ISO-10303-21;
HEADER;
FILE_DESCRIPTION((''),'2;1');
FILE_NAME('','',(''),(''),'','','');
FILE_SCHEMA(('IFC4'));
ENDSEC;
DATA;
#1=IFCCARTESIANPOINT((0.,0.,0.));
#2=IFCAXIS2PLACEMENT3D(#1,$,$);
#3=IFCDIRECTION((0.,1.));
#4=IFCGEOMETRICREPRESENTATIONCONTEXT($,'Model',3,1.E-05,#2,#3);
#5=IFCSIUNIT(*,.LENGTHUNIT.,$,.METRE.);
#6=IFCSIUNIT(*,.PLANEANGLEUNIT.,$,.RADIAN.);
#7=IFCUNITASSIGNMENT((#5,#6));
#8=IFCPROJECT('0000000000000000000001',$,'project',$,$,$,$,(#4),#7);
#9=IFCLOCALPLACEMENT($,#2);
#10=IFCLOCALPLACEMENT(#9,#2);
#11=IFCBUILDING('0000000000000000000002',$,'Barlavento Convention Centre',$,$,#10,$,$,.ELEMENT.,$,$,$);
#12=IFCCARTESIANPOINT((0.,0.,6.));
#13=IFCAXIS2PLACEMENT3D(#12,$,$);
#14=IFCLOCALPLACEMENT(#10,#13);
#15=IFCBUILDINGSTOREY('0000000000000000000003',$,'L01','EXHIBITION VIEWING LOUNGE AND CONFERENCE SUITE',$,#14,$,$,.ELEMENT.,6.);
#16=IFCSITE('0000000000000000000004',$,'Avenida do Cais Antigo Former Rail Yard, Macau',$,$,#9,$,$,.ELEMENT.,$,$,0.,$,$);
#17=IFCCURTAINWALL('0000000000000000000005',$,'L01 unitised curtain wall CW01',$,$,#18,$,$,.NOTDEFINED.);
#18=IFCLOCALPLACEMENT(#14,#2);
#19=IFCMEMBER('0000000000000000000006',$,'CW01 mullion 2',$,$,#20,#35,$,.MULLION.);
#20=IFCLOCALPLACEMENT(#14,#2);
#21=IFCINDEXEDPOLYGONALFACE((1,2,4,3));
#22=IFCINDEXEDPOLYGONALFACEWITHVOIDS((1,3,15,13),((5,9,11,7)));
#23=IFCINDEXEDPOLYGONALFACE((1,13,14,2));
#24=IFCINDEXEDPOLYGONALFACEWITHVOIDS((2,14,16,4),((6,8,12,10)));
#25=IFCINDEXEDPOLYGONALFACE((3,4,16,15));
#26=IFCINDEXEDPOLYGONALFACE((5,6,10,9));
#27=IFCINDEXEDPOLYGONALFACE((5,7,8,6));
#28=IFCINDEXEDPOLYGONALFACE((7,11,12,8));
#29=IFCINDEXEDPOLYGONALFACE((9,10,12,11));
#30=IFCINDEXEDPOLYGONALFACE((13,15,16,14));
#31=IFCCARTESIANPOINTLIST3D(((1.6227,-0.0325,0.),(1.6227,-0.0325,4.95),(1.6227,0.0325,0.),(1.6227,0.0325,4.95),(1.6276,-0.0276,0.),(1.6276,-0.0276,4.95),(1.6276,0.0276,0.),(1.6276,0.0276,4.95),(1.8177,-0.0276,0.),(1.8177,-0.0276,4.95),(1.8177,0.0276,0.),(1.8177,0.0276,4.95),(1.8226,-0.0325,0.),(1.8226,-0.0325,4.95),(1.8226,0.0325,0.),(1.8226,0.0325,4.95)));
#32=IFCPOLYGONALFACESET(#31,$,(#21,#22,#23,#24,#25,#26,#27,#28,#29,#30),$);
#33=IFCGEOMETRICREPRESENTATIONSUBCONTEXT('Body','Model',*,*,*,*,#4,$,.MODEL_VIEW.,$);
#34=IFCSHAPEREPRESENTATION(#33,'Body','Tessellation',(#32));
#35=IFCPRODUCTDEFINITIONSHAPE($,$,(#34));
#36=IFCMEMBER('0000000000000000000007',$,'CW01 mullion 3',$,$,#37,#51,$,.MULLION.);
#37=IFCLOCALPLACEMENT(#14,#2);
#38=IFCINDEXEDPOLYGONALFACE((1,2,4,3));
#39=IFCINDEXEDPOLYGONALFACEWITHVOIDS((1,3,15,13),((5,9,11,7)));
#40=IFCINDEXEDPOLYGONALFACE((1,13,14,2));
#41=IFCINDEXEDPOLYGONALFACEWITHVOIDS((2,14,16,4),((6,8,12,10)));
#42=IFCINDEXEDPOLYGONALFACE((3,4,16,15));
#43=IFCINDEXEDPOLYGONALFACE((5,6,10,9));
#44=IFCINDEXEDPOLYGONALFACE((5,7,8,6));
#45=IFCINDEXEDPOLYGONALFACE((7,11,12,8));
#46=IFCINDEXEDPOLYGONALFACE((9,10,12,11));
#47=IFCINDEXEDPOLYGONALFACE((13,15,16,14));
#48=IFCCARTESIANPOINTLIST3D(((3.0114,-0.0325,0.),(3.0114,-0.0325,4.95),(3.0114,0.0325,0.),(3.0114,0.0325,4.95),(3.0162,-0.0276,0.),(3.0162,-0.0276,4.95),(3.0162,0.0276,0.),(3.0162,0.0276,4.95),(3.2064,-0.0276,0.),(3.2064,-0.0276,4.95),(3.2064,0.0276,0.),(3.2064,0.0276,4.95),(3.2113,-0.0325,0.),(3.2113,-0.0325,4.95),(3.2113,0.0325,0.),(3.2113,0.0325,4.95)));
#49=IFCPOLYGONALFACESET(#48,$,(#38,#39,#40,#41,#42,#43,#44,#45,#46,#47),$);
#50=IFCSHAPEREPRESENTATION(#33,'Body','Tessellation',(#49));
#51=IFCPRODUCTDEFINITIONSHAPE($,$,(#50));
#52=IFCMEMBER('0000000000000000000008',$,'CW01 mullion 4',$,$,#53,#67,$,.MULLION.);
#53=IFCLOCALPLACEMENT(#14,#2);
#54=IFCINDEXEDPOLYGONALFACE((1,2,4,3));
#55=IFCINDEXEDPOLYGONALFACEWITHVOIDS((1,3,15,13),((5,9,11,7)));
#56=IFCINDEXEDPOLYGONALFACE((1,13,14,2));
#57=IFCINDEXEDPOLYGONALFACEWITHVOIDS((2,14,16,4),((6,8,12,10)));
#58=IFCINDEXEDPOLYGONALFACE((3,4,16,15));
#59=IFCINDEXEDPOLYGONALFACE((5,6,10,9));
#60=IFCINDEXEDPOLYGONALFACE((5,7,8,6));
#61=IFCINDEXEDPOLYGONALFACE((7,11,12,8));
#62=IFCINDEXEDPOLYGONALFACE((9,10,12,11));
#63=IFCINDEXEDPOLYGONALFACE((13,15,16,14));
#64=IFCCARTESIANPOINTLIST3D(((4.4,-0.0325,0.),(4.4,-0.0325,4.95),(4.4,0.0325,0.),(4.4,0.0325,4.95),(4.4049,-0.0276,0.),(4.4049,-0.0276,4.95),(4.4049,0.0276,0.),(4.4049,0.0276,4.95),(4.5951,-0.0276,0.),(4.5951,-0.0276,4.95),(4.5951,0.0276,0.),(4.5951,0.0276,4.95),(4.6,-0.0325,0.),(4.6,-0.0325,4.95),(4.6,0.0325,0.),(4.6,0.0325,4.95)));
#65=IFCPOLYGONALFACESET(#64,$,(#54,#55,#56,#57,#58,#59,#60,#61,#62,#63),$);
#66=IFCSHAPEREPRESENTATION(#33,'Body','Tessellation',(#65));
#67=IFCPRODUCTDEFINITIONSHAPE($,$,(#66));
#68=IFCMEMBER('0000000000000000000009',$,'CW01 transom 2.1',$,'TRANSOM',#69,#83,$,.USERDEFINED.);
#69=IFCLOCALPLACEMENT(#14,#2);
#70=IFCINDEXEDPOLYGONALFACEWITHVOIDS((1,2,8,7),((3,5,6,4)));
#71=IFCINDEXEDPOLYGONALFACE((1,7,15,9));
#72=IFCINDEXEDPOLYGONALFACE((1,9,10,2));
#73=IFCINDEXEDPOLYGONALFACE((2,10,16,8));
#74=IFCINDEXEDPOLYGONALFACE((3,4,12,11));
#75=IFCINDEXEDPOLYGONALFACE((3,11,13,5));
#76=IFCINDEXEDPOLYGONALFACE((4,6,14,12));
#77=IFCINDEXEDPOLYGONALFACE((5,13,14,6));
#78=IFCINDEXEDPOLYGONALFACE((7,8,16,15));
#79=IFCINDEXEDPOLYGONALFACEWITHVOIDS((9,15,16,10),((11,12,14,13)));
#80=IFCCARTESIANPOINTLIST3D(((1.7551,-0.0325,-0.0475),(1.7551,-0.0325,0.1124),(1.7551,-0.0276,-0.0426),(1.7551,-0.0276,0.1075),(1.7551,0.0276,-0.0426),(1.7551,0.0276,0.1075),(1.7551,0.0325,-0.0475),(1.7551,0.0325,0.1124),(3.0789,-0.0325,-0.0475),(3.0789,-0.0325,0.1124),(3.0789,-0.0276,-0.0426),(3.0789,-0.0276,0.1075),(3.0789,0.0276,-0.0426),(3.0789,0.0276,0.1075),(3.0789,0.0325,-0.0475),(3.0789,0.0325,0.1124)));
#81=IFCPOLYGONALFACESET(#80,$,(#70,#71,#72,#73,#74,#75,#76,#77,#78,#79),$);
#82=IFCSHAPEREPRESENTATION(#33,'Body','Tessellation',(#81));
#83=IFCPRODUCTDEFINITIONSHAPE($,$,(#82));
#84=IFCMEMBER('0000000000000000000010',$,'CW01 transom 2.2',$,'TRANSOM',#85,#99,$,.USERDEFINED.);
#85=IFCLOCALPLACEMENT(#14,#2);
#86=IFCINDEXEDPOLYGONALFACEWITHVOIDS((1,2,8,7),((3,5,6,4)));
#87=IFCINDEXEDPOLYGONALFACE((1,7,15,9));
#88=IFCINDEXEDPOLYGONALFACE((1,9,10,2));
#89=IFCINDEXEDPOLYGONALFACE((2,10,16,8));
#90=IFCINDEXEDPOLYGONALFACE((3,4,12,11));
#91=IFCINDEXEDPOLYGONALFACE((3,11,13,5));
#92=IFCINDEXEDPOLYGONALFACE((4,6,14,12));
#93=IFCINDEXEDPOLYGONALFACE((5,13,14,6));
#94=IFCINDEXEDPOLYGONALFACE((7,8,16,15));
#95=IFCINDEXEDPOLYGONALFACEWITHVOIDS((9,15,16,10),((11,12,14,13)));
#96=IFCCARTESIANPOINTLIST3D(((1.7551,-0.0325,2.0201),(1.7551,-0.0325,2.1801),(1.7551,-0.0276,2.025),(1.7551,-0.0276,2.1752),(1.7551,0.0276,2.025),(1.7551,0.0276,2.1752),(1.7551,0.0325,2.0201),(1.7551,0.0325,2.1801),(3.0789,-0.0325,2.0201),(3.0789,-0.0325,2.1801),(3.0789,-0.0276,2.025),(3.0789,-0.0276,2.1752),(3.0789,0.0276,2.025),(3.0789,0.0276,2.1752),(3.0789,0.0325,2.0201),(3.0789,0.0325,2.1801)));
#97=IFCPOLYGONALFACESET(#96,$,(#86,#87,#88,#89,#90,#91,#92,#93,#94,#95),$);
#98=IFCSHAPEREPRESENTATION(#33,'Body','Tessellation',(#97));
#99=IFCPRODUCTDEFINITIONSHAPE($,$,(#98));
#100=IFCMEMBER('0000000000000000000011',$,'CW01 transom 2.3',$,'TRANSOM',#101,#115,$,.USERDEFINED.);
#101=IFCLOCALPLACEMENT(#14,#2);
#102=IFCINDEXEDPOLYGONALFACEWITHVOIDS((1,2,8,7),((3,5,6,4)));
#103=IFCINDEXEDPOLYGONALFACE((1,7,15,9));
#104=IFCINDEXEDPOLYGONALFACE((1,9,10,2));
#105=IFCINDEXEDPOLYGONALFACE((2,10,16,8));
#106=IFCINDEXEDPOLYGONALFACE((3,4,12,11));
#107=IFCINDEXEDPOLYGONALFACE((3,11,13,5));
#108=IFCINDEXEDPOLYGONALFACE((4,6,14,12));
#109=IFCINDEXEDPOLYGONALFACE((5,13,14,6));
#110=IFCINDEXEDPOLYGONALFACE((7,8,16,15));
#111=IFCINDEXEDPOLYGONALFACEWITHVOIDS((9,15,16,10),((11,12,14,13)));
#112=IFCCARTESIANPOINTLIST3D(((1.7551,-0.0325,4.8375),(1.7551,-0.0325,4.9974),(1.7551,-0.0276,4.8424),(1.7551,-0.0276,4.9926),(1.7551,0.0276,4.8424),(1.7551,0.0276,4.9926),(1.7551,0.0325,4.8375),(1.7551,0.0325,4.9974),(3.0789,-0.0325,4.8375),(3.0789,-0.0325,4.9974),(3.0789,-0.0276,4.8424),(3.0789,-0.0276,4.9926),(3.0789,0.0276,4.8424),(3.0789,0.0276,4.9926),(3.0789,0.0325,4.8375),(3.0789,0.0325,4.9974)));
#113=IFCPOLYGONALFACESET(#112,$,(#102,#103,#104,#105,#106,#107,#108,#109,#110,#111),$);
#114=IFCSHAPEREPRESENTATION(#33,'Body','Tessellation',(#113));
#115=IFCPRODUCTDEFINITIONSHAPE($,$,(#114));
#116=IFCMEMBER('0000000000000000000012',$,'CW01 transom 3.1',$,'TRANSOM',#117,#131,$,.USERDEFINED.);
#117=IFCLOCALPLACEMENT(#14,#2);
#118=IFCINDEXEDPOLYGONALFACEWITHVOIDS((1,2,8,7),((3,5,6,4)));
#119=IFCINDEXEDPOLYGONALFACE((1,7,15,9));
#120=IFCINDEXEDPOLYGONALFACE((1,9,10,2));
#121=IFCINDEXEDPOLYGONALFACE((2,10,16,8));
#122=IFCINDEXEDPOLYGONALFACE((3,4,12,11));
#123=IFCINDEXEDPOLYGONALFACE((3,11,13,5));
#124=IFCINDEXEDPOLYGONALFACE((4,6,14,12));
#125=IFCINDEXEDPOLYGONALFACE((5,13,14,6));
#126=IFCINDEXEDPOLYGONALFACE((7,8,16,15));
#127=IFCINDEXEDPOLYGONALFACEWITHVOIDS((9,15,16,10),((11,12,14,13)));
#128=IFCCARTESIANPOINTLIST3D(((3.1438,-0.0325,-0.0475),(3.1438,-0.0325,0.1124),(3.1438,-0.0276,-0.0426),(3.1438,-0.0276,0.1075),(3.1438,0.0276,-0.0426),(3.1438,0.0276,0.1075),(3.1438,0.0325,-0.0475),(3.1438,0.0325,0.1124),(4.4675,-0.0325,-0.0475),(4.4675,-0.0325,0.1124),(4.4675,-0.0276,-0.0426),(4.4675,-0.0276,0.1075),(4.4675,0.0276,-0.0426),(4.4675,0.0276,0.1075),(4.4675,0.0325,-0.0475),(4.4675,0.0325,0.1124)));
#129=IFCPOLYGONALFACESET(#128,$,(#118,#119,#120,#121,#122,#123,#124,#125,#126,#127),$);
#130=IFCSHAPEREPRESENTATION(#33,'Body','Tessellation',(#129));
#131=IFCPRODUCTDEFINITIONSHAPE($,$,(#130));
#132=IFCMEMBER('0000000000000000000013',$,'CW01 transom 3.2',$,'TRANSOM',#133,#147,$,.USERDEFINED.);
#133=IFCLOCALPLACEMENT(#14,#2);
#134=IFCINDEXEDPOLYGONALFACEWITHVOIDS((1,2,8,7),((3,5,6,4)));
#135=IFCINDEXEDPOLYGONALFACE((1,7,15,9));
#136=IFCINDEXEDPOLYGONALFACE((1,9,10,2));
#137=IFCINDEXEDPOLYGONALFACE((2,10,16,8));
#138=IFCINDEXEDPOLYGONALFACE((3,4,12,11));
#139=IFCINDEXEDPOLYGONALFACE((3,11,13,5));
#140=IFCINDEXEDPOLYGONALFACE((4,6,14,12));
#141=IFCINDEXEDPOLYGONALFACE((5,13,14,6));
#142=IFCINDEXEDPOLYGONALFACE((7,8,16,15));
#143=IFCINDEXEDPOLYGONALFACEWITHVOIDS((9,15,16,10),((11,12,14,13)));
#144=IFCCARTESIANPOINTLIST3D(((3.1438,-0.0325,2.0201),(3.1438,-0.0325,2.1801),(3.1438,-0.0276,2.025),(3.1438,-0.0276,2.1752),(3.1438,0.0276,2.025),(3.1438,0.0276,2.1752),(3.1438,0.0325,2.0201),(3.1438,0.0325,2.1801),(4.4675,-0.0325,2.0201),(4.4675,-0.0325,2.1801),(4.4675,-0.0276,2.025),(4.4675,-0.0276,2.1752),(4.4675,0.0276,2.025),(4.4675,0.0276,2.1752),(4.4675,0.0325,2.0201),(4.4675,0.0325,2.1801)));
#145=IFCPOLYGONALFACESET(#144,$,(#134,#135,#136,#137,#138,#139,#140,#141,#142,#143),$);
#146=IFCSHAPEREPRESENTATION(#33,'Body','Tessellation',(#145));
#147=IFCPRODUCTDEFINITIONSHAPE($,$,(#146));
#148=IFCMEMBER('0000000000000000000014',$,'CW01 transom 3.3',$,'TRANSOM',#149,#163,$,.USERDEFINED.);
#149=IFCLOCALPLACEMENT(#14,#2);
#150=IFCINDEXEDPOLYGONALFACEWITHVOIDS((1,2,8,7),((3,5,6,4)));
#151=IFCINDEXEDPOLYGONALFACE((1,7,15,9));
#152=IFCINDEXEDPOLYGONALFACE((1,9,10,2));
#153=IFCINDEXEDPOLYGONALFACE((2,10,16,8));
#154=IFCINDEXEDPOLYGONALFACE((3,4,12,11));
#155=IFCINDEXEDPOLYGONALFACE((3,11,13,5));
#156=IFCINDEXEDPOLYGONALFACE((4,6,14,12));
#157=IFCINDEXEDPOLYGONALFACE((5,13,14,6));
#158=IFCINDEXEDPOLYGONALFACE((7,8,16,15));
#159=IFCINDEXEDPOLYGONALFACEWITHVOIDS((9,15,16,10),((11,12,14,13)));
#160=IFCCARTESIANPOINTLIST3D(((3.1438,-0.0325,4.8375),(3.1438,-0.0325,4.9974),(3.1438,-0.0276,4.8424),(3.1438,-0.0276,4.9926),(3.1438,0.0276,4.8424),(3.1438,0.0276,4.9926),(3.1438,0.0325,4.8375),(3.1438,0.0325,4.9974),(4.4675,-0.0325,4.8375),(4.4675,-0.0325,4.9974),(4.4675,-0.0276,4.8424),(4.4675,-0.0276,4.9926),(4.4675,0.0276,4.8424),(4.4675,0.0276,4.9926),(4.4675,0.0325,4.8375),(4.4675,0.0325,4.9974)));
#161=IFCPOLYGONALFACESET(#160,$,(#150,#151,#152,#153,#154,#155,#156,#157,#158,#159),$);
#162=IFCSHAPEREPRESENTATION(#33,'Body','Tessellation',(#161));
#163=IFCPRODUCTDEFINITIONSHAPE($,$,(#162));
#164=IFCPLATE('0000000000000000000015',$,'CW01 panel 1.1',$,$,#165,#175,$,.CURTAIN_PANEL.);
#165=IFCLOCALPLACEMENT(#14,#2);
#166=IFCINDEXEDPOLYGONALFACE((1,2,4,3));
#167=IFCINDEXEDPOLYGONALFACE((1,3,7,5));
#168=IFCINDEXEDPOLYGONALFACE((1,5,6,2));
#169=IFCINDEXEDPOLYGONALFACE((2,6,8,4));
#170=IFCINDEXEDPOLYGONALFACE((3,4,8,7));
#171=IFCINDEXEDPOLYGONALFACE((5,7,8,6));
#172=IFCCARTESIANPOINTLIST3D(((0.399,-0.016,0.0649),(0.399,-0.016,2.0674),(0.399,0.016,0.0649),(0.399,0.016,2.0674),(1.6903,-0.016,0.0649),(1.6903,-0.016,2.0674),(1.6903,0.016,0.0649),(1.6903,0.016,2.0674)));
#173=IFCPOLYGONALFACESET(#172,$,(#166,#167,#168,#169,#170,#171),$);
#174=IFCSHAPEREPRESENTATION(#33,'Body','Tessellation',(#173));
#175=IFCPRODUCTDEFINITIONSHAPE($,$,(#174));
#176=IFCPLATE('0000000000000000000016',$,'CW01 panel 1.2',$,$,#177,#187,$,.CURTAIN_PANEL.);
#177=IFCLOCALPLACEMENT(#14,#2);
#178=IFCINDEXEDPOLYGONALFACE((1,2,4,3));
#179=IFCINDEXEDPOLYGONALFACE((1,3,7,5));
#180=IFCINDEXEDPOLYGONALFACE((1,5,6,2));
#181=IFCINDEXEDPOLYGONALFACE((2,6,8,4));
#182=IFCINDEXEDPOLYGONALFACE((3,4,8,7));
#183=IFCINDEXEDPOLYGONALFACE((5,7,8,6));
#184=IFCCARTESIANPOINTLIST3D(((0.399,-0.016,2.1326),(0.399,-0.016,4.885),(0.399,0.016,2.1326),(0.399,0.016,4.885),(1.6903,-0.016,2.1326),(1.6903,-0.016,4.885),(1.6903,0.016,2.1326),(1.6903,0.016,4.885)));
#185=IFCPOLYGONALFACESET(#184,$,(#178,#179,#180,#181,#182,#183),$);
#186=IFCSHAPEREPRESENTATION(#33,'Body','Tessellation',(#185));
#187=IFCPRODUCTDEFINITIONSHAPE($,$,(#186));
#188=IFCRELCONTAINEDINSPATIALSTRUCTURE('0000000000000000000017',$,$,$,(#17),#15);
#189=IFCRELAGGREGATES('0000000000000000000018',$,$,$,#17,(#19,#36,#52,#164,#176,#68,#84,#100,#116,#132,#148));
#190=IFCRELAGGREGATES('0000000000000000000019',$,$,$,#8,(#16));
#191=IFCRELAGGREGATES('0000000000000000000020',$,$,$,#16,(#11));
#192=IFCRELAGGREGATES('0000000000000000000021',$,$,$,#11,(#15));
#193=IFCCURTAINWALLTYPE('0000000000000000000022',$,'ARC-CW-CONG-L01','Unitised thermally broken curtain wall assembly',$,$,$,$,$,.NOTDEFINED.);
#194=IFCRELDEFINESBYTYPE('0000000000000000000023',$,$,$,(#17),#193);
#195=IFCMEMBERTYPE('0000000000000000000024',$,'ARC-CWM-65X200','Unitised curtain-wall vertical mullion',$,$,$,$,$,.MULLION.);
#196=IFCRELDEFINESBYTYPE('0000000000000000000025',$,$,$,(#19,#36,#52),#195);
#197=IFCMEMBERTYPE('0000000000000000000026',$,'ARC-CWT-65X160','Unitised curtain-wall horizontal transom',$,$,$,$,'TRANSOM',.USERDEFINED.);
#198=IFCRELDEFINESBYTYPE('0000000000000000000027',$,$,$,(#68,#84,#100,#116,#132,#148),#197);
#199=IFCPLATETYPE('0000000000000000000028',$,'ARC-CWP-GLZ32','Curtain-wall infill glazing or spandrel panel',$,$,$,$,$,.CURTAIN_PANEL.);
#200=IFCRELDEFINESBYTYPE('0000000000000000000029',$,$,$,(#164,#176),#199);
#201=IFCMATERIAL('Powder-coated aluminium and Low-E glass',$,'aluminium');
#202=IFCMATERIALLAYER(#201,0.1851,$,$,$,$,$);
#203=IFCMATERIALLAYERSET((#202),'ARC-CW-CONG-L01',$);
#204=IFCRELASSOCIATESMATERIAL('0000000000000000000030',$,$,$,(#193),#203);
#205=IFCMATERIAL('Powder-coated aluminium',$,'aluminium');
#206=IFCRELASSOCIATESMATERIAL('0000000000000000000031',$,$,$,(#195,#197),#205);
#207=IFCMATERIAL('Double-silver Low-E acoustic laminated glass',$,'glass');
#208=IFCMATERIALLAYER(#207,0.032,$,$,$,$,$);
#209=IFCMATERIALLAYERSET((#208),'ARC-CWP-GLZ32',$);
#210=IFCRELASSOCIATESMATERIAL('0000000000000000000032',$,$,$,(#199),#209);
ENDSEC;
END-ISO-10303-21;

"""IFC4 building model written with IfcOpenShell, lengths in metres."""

from ifc_helpers import new_model, si_unit, direction, frame, origin, origin_2d, place, context, subcontext, project, spatial, rectangle, hollow_rectangle, extrude, material, layer, layer_set, material_profile, profile_set, type_object, element, aggregate, save


model = new_model("IFC4")

# Units and contexts
model_context = context("Model", 3, precision=1e-05, world=origin(), true_north=direction((0.0, 1.0)))
body_context = subcontext(model_context, "Body", "Model", "MODEL_VIEW")
ifc_project = project(units=[si_unit("LENGTHUNIT", "METRE"), si_unit("PLANEANGLEUNIT", "RADIAN")], contexts=[model_context])

# Site, building, storey
site_placement = place(None, origin())
site = spatial("IfcSite", under=ifc_project, at=site_placement, Name="Avenida do Cais Antigo Former Rail Yard, Macau", CompositionType="ELEMENT", RefElevation=0.0)
building_placement = place(site_placement, origin())
building = spatial("IfcBuilding", under=site, at=building_placement, Name="Barlavento Convention Centre", CompositionType="ELEMENT")
storey_placement = place(building_placement, frame((0.0, 0.0, 6.0)))
storey = spatial("IfcBuildingStorey", under=building, at=storey_placement, Name="L01", Description="EXHIBITION VIEWING LOUNGE AND CONFERENCE SUITE", CompositionType="ELEMENT", Elevation=6.0)

# Curtain wall, members, plates
ifc_material_1 = material(Name="Powder-coated aluminium and Low-E glass", Category="aluminium")
ifc_layer_1 = layer(ifc_material_1, 0.1851)
ifc_layer_set_1 = layer_set([ifc_layer_1], Name="ARC-CW-CONG-L01")
curtain_wall_type = type_object("IfcCurtainWallType", Name="ARC-CW-CONG-L01", Description="Unitised thermally broken curtain wall assembly", PredefinedType="NOTDEFINED", material=ifc_layer_set_1)
curtain_wall_placement = place(storey_placement, origin())
curtain_wall = element("IfcCurtainWall", 1, at=curtain_wall_placement, inside=storey, type_object=curtain_wall_type, Name="L01 unitised curtain wall CW01", PredefinedType="NOTDEFINED")
ifc_material_2 = material(Name="Powder-coated aluminium", Category="aluminium")
ifc_material_profile_1 = material_profile(ifc_material_2, hollow_rectangle(XDim=0.0649, YDim=0.2, WallThickness=0.0049, at=origin_2d()), Name="AL-MULL 65x200x5")
ifc_profile_set_1 = profile_set([ifc_material_profile_1], Name="Powder-coated aluminium")
member_type_1 = type_object("IfcMemberType", Name="ARC-CWM-65X200", Description="Unitised curtain-wall vertical mullion", PredefinedType="MULLION", material=ifc_profile_set_1)
member_1_placement = place(storey_placement, frame((1.7227, 0.0, 0.0), z_axis=(0.0, 0.0, 1.0), x_axis=(0.0, 1.0, 0.0)))
member_1 = element("IfcMember", 2, at=member_1_placement, type_object=member_type_1, Name="CW01 mullion 2", PredefinedType="MULLION", context=body_context, shape_type="SweptSolid", body=[
    extrude(hollow_rectangle(XDim=0.0649, YDim=0.2, WallThickness=0.0049, at=origin_2d()), origin(), (0.0, 0.0, 1.0), 4.95),
])
member_2_placement = place(storey_placement, frame((3.1113, 0.0, 0.0), z_axis=(0.0, 0.0, 1.0), x_axis=(0.0, 1.0, 0.0)))
member_2 = element("IfcMember", 3, at=member_2_placement, type_object=member_type_1, Name="CW01 mullion 3", PredefinedType="MULLION", context=body_context, shape_type="SweptSolid", body=[
    extrude(hollow_rectangle(XDim=0.0649, YDim=0.2, WallThickness=0.0049, at=origin_2d()), origin(), (0.0, 0.0, 1.0), 4.95),
])
member_3_placement = place(storey_placement, frame((4.5, 0.0, 0.0), z_axis=(0.0, 0.0, 1.0), x_axis=(0.0, 1.0, 0.0)))
member_3 = element("IfcMember", 4, at=member_3_placement, type_object=member_type_1, Name="CW01 mullion 4", PredefinedType="MULLION", context=body_context, shape_type="SweptSolid", body=[
    extrude(hollow_rectangle(XDim=0.0649, YDim=0.2, WallThickness=0.0049, at=origin_2d()), origin(), (0.0, 0.0, 1.0), 4.95),
])
ifc_material_profile_2 = material_profile(ifc_material_2, hollow_rectangle(XDim=0.0649, YDim=0.1599, WallThickness=0.0049, at=origin_2d()), Name="AL-TRAN 65x160x5")
ifc_profile_set_2 = profile_set([ifc_material_profile_2], Name="Powder-coated aluminium")
member_type_2 = type_object("IfcMemberType", Name="ARC-CWT-65X160", Description="Unitised curtain-wall horizontal transom", ElementType="TRANSOM", PredefinedType="USERDEFINED", material=ifc_profile_set_2)
member_4_placement = place(storey_placement, frame((1.7551, 0.0, 0.0325), z_axis=(1.0, 0.0, 0.0), x_axis=(0.0, 1.0, 0.0)))
member_4 = element("IfcMember", 5, at=member_4_placement, type_object=member_type_2, Name="CW01 transom 2.1", ObjectType="TRANSOM", PredefinedType="USERDEFINED", context=body_context, shape_type="SweptSolid", body=[
    extrude(hollow_rectangle(XDim=0.0649, YDim=0.1599, WallThickness=0.0049, at=origin_2d()), origin(), (0.0, 0.0, 1.0), 1.3237),
])
member_5_placement = place(storey_placement, frame((1.7551, 0.0, 2.1001), z_axis=(1.0, 0.0, 0.0), x_axis=(0.0, 1.0, 0.0)))
member_5 = element("IfcMember", 6, at=member_5_placement, type_object=member_type_2, Name="CW01 transom 2.2", ObjectType="TRANSOM", PredefinedType="USERDEFINED", context=body_context, shape_type="SweptSolid", body=[
    extrude(hollow_rectangle(XDim=0.0649, YDim=0.1599, WallThickness=0.0049, at=origin_2d()), origin(), (0.0, 0.0, 1.0), 1.3237),
])
member_6_placement = place(storey_placement, frame((1.7551, 0.0, 4.9175), z_axis=(1.0, 0.0, 0.0), x_axis=(0.0, 1.0, 0.0)))
member_6 = element("IfcMember", 7, at=member_6_placement, type_object=member_type_2, Name="CW01 transom 2.3", ObjectType="TRANSOM", PredefinedType="USERDEFINED", context=body_context, shape_type="SweptSolid", body=[
    extrude(hollow_rectangle(XDim=0.0649, YDim=0.1599, WallThickness=0.0049, at=origin_2d()), origin(), (0.0, 0.0, 1.0), 1.3237),
])
member_7_placement = place(storey_placement, frame((3.1438, 0.0, 0.0325), z_axis=(1.0, 0.0, 0.0), x_axis=(0.0, 1.0, 0.0)))
member_7 = element("IfcMember", 8, at=member_7_placement, type_object=member_type_2, Name="CW01 transom 3.1", ObjectType="TRANSOM", PredefinedType="USERDEFINED", context=body_context, shape_type="SweptSolid", body=[
    extrude(hollow_rectangle(XDim=0.0649, YDim=0.1599, WallThickness=0.0049, at=origin_2d()), origin(), (0.0, 0.0, 1.0), 1.3237),
])
member_8_placement = place(storey_placement, frame((3.1438, 0.0, 2.1001), z_axis=(1.0, 0.0, 0.0), x_axis=(0.0, 1.0, 0.0)))
member_8 = element("IfcMember", 9, at=member_8_placement, type_object=member_type_2, Name="CW01 transom 3.2", ObjectType="TRANSOM", PredefinedType="USERDEFINED", context=body_context, shape_type="SweptSolid", body=[
    extrude(hollow_rectangle(XDim=0.0649, YDim=0.1599, WallThickness=0.0049, at=origin_2d()), origin(), (0.0, 0.0, 1.0), 1.3237),
])
member_9_placement = place(storey_placement, frame((3.1438, 0.0, 4.9175), z_axis=(1.0, 0.0, 0.0), x_axis=(0.0, 1.0, 0.0)))
member_9 = element("IfcMember", 10, at=member_9_placement, type_object=member_type_2, Name="CW01 transom 3.3", ObjectType="TRANSOM", PredefinedType="USERDEFINED", context=body_context, shape_type="SweptSolid", body=[
    extrude(hollow_rectangle(XDim=0.0649, YDim=0.1599, WallThickness=0.0049, at=origin_2d()), origin(), (0.0, 0.0, 1.0), 1.3237),
])
ifc_material_3 = material(Name="Double-silver Low-E acoustic laminated glass", Category="glass")
ifc_layer_2 = layer(ifc_material_3, 0.032)
ifc_layer_set_2 = layer_set([ifc_layer_2], Name="ARC-CWP-GLZ32")
plate_type = type_object("IfcPlateType", Name="ARC-CWP-GLZ32", Description="Curtain-wall infill glazing or spandrel panel", PredefinedType="CURTAIN_PANEL", material=ifc_layer_set_2)
plate_1_placement = place(storey_placement, frame((1.0447, 0.0, 0.0649), z_axis=(0.0, 0.0, 1.0), x_axis=(1.0, 0.0, 0.0)))
plate_1 = element("IfcPlate", 11, at=plate_1_placement, type_object=plate_type, Name="CW01 panel 1.1", PredefinedType="CURTAIN_PANEL", context=body_context, shape_type="SweptSolid", body=[
    extrude(rectangle(XDim=1.2913, YDim=0.032, at=origin_2d()), origin(), (0.0, 0.0, 1.0), 2.0024),
])
plate_2_placement = place(storey_placement, frame((1.0447, 0.0, 2.1326), z_axis=(0.0, 0.0, 1.0), x_axis=(1.0, 0.0, 0.0)))
plate_2 = element("IfcPlate", 12, at=plate_2_placement, type_object=plate_type, Name="CW01 panel 1.2", PredefinedType="CURTAIN_PANEL", context=body_context, shape_type="SweptSolid", body=[
    extrude(rectangle(XDim=1.2913, YDim=0.032, at=origin_2d()), origin(), (0.0, 0.0, 1.0), 2.7524),
])
aggregate(curtain_wall, [member_1, member_2, member_3, plate_1, plate_2, member_4, member_5, member_6, member_7, member_8, member_9])

save(model, "model.ifc")
